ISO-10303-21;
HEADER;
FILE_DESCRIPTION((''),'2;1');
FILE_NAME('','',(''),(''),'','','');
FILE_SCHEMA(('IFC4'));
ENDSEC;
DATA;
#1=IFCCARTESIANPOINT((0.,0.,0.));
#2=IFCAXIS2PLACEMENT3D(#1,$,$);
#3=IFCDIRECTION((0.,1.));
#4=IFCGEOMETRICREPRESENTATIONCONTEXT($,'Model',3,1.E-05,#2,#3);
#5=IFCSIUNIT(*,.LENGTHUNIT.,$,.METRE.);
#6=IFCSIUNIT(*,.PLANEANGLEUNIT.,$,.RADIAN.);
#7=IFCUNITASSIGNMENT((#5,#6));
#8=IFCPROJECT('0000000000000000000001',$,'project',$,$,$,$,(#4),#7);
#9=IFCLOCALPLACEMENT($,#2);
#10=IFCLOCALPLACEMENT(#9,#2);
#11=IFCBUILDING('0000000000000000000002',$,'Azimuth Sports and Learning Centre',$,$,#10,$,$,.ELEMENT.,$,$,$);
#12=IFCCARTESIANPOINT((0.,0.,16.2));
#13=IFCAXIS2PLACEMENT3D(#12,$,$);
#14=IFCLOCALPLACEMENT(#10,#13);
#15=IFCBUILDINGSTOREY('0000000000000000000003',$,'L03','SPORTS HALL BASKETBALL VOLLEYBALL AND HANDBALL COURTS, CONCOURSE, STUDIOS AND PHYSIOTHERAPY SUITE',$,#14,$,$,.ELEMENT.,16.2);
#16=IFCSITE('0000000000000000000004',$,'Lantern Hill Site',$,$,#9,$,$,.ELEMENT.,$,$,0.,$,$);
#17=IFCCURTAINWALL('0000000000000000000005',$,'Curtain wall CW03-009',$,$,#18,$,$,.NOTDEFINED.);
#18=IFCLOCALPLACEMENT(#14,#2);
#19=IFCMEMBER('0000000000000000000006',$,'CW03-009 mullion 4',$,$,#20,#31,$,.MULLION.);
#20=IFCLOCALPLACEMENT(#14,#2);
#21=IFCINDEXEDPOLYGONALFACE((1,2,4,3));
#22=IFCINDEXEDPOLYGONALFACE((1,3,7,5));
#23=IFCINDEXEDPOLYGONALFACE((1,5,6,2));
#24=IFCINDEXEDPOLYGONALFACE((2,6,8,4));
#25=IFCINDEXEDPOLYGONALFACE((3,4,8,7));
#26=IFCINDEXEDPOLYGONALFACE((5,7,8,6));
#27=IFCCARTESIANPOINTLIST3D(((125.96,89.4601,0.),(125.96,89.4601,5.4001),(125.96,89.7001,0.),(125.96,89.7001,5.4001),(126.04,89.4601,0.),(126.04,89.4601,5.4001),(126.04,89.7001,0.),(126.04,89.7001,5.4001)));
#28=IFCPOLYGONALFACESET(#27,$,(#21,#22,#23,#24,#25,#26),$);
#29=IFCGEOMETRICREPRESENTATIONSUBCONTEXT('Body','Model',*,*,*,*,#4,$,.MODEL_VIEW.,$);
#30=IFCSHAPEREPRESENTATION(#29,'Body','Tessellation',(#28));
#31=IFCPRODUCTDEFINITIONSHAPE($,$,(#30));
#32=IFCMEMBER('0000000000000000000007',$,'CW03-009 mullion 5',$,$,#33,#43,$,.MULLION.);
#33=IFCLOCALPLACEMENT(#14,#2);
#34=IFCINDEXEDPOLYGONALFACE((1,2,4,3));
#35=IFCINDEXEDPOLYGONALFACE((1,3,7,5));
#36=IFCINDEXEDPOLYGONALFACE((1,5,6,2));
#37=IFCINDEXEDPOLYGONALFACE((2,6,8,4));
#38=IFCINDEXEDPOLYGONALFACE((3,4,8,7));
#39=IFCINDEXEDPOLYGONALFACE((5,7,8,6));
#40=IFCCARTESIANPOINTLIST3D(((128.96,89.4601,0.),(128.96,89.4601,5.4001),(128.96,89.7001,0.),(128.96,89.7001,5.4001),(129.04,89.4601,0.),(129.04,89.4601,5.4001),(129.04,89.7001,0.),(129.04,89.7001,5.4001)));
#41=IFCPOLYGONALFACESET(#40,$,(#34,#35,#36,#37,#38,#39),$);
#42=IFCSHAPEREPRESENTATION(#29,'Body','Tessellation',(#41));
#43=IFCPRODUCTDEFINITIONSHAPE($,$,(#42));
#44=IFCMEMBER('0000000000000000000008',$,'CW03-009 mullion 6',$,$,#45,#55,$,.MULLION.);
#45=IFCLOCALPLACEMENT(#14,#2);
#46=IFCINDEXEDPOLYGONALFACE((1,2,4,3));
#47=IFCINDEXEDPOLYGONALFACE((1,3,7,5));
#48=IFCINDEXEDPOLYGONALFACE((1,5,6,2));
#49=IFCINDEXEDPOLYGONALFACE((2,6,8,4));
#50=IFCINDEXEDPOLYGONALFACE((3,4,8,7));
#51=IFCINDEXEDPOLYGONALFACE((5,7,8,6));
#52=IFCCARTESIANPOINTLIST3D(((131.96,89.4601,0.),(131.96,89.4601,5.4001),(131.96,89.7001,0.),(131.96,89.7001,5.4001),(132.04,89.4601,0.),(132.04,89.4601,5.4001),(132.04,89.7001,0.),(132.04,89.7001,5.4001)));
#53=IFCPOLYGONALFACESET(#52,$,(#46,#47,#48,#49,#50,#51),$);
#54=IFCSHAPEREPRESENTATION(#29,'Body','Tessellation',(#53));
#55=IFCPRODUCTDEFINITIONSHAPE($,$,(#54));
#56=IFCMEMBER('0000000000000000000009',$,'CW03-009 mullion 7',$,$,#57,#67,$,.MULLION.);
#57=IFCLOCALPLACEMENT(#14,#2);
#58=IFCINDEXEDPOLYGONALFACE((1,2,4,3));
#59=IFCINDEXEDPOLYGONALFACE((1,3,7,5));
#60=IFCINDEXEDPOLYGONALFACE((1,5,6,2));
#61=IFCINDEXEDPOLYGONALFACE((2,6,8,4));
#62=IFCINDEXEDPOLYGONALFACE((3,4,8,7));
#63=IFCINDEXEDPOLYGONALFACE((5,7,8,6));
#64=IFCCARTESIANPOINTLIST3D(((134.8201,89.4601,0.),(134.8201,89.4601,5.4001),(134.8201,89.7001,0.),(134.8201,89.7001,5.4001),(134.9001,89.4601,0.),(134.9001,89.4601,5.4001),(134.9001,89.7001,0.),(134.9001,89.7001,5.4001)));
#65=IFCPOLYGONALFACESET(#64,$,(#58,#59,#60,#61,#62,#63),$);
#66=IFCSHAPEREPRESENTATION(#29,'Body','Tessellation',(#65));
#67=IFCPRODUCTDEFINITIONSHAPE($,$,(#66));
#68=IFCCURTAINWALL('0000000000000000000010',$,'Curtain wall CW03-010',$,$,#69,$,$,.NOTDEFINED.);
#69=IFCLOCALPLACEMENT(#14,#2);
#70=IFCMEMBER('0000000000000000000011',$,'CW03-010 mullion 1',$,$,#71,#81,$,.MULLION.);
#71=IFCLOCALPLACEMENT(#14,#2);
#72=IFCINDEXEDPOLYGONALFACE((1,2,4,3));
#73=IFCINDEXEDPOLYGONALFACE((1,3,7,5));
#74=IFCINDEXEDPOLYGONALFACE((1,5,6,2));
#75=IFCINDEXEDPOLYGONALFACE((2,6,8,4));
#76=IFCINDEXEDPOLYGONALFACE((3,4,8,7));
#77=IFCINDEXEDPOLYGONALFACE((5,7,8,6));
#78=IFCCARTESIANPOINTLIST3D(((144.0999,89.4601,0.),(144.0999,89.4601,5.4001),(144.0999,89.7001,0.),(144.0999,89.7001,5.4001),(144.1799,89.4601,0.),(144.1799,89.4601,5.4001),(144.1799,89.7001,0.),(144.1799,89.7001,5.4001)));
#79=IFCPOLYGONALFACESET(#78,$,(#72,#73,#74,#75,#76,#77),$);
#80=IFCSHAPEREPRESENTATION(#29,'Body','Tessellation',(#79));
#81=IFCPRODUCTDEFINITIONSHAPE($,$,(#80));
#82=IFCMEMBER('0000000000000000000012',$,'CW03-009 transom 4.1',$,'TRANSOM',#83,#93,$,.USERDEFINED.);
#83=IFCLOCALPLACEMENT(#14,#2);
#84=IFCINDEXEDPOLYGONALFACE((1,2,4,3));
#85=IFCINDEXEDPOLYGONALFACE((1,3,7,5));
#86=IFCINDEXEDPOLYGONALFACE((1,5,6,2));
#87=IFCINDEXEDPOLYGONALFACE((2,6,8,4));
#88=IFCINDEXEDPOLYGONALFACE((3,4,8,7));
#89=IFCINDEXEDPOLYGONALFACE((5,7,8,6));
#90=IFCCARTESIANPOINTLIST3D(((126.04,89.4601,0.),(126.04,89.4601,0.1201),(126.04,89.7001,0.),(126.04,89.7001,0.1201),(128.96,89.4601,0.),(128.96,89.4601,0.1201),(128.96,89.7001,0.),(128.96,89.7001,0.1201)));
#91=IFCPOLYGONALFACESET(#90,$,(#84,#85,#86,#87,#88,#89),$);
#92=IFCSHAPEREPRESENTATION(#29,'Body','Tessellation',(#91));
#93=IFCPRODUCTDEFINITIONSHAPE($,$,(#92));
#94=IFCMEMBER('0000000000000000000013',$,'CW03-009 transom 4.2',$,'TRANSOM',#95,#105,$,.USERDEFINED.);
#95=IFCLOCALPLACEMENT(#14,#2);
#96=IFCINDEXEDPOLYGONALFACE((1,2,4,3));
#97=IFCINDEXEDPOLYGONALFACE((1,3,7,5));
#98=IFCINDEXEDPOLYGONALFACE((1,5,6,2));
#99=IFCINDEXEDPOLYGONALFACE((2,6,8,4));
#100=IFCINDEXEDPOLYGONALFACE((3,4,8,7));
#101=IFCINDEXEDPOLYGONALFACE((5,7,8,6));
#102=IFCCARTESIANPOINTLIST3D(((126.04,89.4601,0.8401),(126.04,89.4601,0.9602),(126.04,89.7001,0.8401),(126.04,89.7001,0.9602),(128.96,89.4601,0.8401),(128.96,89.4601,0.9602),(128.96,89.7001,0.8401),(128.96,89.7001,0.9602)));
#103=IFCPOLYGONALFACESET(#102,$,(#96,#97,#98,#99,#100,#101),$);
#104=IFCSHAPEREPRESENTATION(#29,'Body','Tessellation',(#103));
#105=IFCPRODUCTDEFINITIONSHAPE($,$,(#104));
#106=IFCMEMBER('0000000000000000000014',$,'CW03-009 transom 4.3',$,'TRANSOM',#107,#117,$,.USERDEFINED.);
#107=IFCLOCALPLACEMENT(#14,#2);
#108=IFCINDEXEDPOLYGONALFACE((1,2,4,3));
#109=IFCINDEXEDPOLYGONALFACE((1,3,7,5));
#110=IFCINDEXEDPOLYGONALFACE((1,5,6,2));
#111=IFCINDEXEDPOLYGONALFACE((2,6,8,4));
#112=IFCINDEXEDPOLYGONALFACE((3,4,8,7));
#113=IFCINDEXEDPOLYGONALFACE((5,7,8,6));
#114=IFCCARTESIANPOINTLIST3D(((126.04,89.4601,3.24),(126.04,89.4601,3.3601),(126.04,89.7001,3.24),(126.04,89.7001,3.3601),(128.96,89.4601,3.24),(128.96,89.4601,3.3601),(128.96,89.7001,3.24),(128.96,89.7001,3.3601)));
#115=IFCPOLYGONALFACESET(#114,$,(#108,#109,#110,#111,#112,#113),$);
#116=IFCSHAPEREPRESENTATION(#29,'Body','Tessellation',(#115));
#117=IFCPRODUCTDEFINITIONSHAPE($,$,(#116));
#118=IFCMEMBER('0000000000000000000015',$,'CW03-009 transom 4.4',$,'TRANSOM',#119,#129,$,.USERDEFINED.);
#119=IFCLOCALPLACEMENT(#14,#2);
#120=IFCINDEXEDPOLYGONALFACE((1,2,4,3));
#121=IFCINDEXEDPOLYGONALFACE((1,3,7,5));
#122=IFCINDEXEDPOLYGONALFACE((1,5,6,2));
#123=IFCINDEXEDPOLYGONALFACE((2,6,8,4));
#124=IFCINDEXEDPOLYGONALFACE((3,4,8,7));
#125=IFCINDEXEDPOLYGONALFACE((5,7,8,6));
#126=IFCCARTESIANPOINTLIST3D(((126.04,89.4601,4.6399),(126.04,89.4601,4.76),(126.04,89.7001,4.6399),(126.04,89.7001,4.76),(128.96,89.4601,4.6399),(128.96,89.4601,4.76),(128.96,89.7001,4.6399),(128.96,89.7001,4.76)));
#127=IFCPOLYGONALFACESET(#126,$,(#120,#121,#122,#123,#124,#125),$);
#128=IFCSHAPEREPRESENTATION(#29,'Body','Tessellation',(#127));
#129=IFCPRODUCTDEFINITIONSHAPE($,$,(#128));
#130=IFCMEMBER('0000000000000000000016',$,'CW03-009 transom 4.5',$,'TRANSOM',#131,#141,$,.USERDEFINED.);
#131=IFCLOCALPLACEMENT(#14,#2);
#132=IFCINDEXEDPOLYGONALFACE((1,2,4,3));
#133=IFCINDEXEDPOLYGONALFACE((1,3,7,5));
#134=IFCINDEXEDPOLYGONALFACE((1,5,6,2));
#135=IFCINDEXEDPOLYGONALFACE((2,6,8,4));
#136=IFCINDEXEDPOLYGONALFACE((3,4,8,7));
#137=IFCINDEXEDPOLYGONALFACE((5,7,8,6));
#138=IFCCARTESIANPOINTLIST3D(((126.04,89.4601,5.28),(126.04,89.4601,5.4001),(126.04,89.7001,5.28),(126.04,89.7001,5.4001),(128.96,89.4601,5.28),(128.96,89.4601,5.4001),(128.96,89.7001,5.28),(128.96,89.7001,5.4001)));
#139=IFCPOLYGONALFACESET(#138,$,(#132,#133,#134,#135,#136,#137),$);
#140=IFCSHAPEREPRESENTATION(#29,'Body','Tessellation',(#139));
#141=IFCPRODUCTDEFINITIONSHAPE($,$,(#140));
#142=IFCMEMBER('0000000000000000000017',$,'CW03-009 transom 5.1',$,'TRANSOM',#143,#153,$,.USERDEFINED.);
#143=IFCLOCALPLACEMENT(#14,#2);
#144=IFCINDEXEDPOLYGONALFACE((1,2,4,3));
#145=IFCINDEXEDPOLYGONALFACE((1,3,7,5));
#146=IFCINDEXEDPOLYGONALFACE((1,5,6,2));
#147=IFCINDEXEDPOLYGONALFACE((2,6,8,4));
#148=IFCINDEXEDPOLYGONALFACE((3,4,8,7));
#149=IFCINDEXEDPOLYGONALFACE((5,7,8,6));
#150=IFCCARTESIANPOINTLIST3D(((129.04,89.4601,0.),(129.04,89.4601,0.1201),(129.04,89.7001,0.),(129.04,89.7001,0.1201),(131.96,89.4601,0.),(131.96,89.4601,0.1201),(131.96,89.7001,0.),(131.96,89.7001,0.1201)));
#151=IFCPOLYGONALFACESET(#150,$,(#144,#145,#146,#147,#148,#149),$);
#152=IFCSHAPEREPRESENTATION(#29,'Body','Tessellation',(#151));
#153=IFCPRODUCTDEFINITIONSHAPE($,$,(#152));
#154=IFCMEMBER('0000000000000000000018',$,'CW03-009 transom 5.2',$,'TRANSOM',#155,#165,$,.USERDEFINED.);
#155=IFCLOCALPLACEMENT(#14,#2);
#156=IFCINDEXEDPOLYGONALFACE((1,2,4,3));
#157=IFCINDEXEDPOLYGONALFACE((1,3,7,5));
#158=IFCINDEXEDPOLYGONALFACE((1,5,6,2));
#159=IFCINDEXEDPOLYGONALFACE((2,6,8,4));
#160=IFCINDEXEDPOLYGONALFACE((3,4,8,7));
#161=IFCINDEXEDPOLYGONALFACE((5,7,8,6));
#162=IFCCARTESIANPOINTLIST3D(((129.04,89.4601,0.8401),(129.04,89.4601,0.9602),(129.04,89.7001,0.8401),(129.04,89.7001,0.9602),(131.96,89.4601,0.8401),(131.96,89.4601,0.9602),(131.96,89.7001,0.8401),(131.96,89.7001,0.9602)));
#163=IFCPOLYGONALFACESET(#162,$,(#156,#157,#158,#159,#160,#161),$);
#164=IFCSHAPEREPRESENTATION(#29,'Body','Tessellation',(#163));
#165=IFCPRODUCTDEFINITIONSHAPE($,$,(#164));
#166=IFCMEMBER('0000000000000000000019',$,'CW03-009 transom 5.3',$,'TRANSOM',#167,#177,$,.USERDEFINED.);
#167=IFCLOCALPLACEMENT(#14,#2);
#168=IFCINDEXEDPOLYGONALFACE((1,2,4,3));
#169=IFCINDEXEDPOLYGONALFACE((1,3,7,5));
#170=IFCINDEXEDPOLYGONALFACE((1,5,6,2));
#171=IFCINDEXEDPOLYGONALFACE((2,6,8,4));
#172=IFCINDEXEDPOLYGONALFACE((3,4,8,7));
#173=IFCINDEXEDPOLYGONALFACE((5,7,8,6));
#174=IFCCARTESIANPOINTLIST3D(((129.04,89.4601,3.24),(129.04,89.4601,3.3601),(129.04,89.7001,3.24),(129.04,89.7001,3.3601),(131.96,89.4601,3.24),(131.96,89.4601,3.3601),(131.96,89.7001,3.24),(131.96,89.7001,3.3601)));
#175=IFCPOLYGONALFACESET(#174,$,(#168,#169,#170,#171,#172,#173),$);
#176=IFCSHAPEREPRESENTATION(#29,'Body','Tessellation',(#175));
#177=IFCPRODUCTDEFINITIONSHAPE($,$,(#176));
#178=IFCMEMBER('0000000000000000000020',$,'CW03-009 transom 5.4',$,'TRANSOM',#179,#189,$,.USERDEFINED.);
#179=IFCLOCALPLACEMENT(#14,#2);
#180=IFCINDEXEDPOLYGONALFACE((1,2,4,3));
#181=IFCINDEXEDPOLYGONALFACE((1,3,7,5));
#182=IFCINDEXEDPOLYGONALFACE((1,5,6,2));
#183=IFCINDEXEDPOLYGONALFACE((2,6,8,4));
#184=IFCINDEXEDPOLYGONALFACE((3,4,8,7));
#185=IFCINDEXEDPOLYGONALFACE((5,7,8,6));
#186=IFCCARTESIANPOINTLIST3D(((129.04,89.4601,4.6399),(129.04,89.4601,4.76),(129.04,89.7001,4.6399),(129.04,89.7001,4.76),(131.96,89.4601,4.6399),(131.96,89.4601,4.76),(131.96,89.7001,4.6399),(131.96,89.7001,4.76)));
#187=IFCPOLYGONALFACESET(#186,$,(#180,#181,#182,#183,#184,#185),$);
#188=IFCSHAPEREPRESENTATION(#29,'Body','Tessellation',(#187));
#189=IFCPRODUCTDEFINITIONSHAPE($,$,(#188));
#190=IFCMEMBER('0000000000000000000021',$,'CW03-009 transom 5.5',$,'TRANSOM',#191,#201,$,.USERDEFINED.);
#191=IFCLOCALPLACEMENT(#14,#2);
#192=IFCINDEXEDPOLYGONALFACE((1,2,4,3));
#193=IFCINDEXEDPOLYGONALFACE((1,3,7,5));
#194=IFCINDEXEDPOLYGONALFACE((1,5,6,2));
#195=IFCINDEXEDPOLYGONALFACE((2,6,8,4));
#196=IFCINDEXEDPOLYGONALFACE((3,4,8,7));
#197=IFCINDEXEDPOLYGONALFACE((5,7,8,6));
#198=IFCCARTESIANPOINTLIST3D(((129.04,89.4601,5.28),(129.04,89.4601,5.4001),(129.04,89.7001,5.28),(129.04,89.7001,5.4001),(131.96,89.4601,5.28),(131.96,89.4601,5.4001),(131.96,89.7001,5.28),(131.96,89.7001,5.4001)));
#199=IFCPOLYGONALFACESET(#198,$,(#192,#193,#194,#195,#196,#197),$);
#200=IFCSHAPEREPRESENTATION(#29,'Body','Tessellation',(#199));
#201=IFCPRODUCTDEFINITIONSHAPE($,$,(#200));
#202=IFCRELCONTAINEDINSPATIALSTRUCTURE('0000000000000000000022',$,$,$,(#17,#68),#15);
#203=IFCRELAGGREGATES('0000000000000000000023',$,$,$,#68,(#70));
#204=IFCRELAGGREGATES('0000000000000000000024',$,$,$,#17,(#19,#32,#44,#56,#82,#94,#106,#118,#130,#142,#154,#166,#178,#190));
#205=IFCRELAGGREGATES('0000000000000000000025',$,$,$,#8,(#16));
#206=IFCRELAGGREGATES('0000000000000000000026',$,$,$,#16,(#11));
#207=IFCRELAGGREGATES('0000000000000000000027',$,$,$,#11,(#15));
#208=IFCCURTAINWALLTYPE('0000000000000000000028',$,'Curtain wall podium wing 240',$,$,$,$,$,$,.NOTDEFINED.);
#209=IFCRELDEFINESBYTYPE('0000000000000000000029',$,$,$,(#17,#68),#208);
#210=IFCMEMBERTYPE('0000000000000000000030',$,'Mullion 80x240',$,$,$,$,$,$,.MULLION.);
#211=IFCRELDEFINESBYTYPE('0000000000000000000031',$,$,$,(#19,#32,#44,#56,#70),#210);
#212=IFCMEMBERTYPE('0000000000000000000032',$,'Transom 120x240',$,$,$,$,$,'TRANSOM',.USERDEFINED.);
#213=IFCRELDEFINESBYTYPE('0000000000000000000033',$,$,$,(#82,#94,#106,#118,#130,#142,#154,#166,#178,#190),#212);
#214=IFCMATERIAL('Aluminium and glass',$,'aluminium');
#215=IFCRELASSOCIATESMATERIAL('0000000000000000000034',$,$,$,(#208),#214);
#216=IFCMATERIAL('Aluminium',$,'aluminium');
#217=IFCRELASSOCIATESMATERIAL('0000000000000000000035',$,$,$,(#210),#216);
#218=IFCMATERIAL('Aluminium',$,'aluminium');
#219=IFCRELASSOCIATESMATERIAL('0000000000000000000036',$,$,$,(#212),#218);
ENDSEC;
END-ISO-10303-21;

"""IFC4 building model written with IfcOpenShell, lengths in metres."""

from ifc_helpers import new_model, si_unit, direction, frame, origin, origin_2d, place, context, subcontext, project, spatial, rectangle, extrude, material, material_profile, profile_set, type_object, element, aggregate, save


model = new_model("IFC4")

# Units and contexts
model_context = context("Model", 3, precision=1e-05, world=origin(), true_north=direction((0.0, 1.0)))
body_context = subcontext(model_context, "Body", "Model", "MODEL_VIEW")
ifc_project = project(units=[si_unit("LENGTHUNIT", "METRE"), si_unit("PLANEANGLEUNIT", "RADIAN")], contexts=[model_context])

# Site, building, storey
site_placement = place(None, origin())
site = spatial("IfcSite", under=ifc_project, at=site_placement, Name="Lantern Hill Site", CompositionType="ELEMENT", RefElevation=0.0)
building_placement = place(site_placement, origin())
building = spatial("IfcBuilding", under=site, at=building_placement, Name="Azimuth Sports and Learning Centre", CompositionType="ELEMENT")
storey_placement = place(building_placement, frame((0.0, 0.0, 16.2)))
storey = spatial("IfcBuildingStorey", under=building, at=storey_placement, Name="L03", Description="SPORTS HALL BASKETBALL VOLLEYBALL AND HANDBALL COURTS, CONCOURSE, STUDIOS AND PHYSIOTHERAPY SUITE", CompositionType="ELEMENT", Elevation=16.2)

# Curtain wall, members
ifc_material_1 = material(Name="Aluminium and glass", Category="aluminium")
curtain_wall_type = type_object("IfcCurtainWallType", Name="Curtain wall podium wing 240", PredefinedType="NOTDEFINED", material=ifc_material_1)
curtain_wall_1_placement = place(storey_placement, origin())
curtain_wall_1 = element("IfcCurtainWall", 1, at=curtain_wall_1_placement, inside=storey, type_object=curtain_wall_type, Name="Curtain wall CW03-009", PredefinedType="NOTDEFINED")
ifc_material_2 = material(Name="Aluminium", Category="aluminium")
ifc_material_profile_1 = material_profile(ifc_material_2, rectangle(XDim=0.24, YDim=0.0801, at=origin_2d()), Name="Mullion 80x240")
ifc_profile_set_1 = profile_set([ifc_material_profile_1], Name="Aluminium")
member_type_1 = type_object("IfcMemberType", Name="Mullion 80x240", PredefinedType="MULLION", material=ifc_profile_set_1)
member_1_placement = place(storey_placement, frame((126.0, 89.5801, 0.0), z_axis=(0.0, 0.0, 1.0), x_axis=(0.0, 1.0, 0.0)))
member_1 = element("IfcMember", 2, at=member_1_placement, type_object=member_type_1, Name="CW03-009 mullion 4", PredefinedType="MULLION", context=body_context, shape_type="SweptSolid", body=[
    extrude(rectangle(XDim=0.24, YDim=0.0801, at=origin_2d()), origin(), (0.0, 0.0, 1.0), 5.4001),
])
member_2_placement = place(storey_placement, frame((129.0, 89.5801, 0.0), z_axis=(0.0, 0.0, 1.0), x_axis=(0.0, 1.0, 0.0)))
member_2 = element("IfcMember", 3, at=member_2_placement, type_object=member_type_1, Name="CW03-009 mullion 5", PredefinedType="MULLION", context=body_context, shape_type="SweptSolid", body=[
    extrude(rectangle(XDim=0.24, YDim=0.0801, at=origin_2d()), origin(), (0.0, 0.0, 1.0), 5.4001),
])
member_3_placement = place(storey_placement, frame((132.0, 89.5801, 0.0), z_axis=(0.0, 0.0, 1.0), x_axis=(0.0, 1.0, 0.0)))
member_3 = element("IfcMember", 4, at=member_3_placement, type_object=member_type_1, Name="CW03-009 mullion 6", PredefinedType="MULLION", context=body_context, shape_type="SweptSolid", body=[
    extrude(rectangle(XDim=0.24, YDim=0.0801, at=origin_2d()), origin(), (0.0, 0.0, 1.0), 5.4001),
])
member_4_placement = place(storey_placement, frame((134.8601, 89.5801, 0.0), z_axis=(0.0, 0.0, 1.0), x_axis=(0.0, 1.0, 0.0)))
member_4 = element("IfcMember", 5, at=member_4_placement, type_object=member_type_1, Name="CW03-009 mullion 7", PredefinedType="MULLION", context=body_context, shape_type="SweptSolid", body=[
    extrude(rectangle(XDim=0.24, YDim=0.0801, at=origin_2d()), origin(), (0.0, 0.0, 1.0), 5.4001),
])

# Curtain wall, member
curtain_wall_2_placement = place(storey_placement, origin())
curtain_wall_2 = element("IfcCurtainWall", 6, at=curtain_wall_2_placement, inside=storey, type_object=curtain_wall_type, Name="Curtain wall CW03-010", PredefinedType="NOTDEFINED")
member_5_placement = place(storey_placement, frame((144.1399, 89.5801, 0.0), z_axis=(0.0, 0.0, 1.0), x_axis=(0.0, 1.0, 0.0)))
member_5 = element("IfcMember", 7, at=member_5_placement, type_object=member_type_1, Name="CW03-010 mullion 1", PredefinedType="MULLION", context=body_context, shape_type="SweptSolid", body=[
    extrude(rectangle(XDim=0.24, YDim=0.0801, at=origin_2d()), origin(), (0.0, 0.0, 1.0), 5.4001),
])
aggregate(curtain_wall_2, [member_5])

# Members
ifc_material_3 = material(Name="Aluminium", Category="aluminium")
ifc_material_profile_2 = material_profile(ifc_material_3, rectangle(XDim=0.24, YDim=0.1201, at=origin_2d()), Name="Transom 120x240")
ifc_profile_set_2 = profile_set([ifc_material_profile_2], Name="Aluminium")
member_type_2 = type_object("IfcMemberType", Name="Transom 120x240", ElementType="TRANSOM", PredefinedType="USERDEFINED", material=ifc_profile_set_2)
member_6_placement = place(storey_placement, frame((126.04, 89.5801, 0.0601), z_axis=(1.0, 0.0, 0.0), x_axis=(0.0, 1.0, 0.0)))
member_6 = element("IfcMember", 8, at=member_6_placement, type_object=member_type_2, Name="CW03-009 transom 4.1", ObjectType="TRANSOM", PredefinedType="USERDEFINED", context=body_context, shape_type="SweptSolid", body=[
    extrude(rectangle(XDim=0.24, YDim=0.1201, at=origin_2d()), origin(), (0.0, 0.0, 1.0), 2.9199),
])
member_7_placement = place(storey_placement, frame((126.04, 89.5801, 0.9001), z_axis=(1.0, 0.0, 0.0), x_axis=(0.0, 1.0, 0.0)))
member_7 = element("IfcMember", 9, at=member_7_placement, type_object=member_type_2, Name="CW03-009 transom 4.2", ObjectType="TRANSOM", PredefinedType="USERDEFINED", context=body_context, shape_type="SweptSolid", body=[
    extrude(rectangle(XDim=0.24, YDim=0.1201, at=origin_2d()), origin(), (0.0, 0.0, 1.0), 2.9199),
])
member_8_placement = place(storey_placement, frame((126.04, 89.5801, 3.3), z_axis=(1.0, 0.0, 0.0), x_axis=(0.0, 1.0, 0.0)))
member_8 = element("IfcMember", 10, at=member_8_placement, type_object=member_type_2, Name="CW03-009 transom 4.3", ObjectType="TRANSOM", PredefinedType="USERDEFINED", context=body_context, shape_type="SweptSolid", body=[
    extrude(rectangle(XDim=0.24, YDim=0.1201, at=origin_2d()), origin(), (0.0, 0.0, 1.0), 2.9199),
])
member_9_placement = place(storey_placement, frame((126.04, 89.5801, 4.7), z_axis=(1.0, 0.0, 0.0), x_axis=(0.0, 1.0, 0.0)))
member_9 = element("IfcMember", 11, at=member_9_placement, type_object=member_type_2, Name="CW03-009 transom 4.4", ObjectType="TRANSOM", PredefinedType="USERDEFINED", context=body_context, shape_type="SweptSolid", body=[
    extrude(rectangle(XDim=0.24, YDim=0.1201, at=origin_2d()), origin(), (0.0, 0.0, 1.0), 2.9199),
])
member_10_placement = place(storey_placement, frame((126.04, 89.5801, 5.3401), z_axis=(1.0, 0.0, 0.0), x_axis=(0.0, 1.0, 0.0)))
member_10 = element("IfcMember", 12, at=member_10_placement, type_object=member_type_2, Name="CW03-009 transom 4.5", ObjectType="TRANSOM", PredefinedType="USERDEFINED", context=body_context, shape_type="SweptSolid", body=[
    extrude(rectangle(XDim=0.24, YDim=0.1201, at=origin_2d()), origin(), (0.0, 0.0, 1.0), 2.9199),
])
member_11_placement = place(storey_placement, frame((129.04, 89.5801, 0.0601), z_axis=(1.0, 0.0, 0.0), x_axis=(0.0, 1.0, 0.0)))
member_11 = element("IfcMember", 13, at=member_11_placement, type_object=member_type_2, Name="CW03-009 transom 5.1", ObjectType="TRANSOM", PredefinedType="USERDEFINED", context=body_context, shape_type="SweptSolid", body=[
    extrude(rectangle(XDim=0.24, YDim=0.1201, at=origin_2d()), origin(), (0.0, 0.0, 1.0), 2.9199),
])
member_12_placement = place(storey_placement, frame((129.04, 89.5801, 0.9001), z_axis=(1.0, 0.0, 0.0), x_axis=(0.0, 1.0, 0.0)))
member_12 = element("IfcMember", 14, at=member_12_placement, type_object=member_type_2, Name="CW03-009 transom 5.2", ObjectType="TRANSOM", PredefinedType="USERDEFINED", context=body_context, shape_type="SweptSolid", body=[
    extrude(rectangle(XDim=0.24, YDim=0.1201, at=origin_2d()), origin(), (0.0, 0.0, 1.0), 2.9199),
])
member_13_placement = place(storey_placement, frame((129.04, 89.5801, 3.3), z_axis=(1.0, 0.0, 0.0), x_axis=(0.0, 1.0, 0.0)))
member_13 = element("IfcMember", 15, at=member_13_placement, type_object=member_type_2, Name="CW03-009 transom 5.3", ObjectType="TRANSOM", PredefinedType="USERDEFINED", context=body_context, shape_type="SweptSolid", body=[
    extrude(rectangle(XDim=0.24, YDim=0.1201, at=origin_2d()), origin(), (0.0, 0.0, 1.0), 2.9199),
])
member_14_placement = place(storey_placement, frame((129.04, 89.5801, 4.7), z_axis=(1.0, 0.0, 0.0), x_axis=(0.0, 1.0, 0.0)))
member_14 = element("IfcMember", 16, at=member_14_placement, type_object=member_type_2, Name="CW03-009 transom 5.4", ObjectType="TRANSOM", PredefinedType="USERDEFINED", context=body_context, shape_type="SweptSolid", body=[
    extrude(rectangle(XDim=0.24, YDim=0.1201, at=origin_2d()), origin(), (0.0, 0.0, 1.0), 2.9199),
])
member_15_placement = place(storey_placement, frame((129.04, 89.5801, 5.3401), z_axis=(1.0, 0.0, 0.0), x_axis=(0.0, 1.0, 0.0)))
member_15 = element("IfcMember", 17, at=member_15_placement, type_object=member_type_2, Name="CW03-009 transom 5.5", ObjectType="TRANSOM", PredefinedType="USERDEFINED", context=body_context, shape_type="SweptSolid", body=[
    extrude(rectangle(XDim=0.24, YDim=0.1201, at=origin_2d()), origin(), (0.0, 0.0, 1.0), 2.9199),
])

aggregate(curtain_wall_1, [member_1, member_2, member_3, member_4, member_6, member_7, member_8, member_9, member_10, member_11, member_12, member_13, member_14, member_15])

save(model, "model.ifc")
